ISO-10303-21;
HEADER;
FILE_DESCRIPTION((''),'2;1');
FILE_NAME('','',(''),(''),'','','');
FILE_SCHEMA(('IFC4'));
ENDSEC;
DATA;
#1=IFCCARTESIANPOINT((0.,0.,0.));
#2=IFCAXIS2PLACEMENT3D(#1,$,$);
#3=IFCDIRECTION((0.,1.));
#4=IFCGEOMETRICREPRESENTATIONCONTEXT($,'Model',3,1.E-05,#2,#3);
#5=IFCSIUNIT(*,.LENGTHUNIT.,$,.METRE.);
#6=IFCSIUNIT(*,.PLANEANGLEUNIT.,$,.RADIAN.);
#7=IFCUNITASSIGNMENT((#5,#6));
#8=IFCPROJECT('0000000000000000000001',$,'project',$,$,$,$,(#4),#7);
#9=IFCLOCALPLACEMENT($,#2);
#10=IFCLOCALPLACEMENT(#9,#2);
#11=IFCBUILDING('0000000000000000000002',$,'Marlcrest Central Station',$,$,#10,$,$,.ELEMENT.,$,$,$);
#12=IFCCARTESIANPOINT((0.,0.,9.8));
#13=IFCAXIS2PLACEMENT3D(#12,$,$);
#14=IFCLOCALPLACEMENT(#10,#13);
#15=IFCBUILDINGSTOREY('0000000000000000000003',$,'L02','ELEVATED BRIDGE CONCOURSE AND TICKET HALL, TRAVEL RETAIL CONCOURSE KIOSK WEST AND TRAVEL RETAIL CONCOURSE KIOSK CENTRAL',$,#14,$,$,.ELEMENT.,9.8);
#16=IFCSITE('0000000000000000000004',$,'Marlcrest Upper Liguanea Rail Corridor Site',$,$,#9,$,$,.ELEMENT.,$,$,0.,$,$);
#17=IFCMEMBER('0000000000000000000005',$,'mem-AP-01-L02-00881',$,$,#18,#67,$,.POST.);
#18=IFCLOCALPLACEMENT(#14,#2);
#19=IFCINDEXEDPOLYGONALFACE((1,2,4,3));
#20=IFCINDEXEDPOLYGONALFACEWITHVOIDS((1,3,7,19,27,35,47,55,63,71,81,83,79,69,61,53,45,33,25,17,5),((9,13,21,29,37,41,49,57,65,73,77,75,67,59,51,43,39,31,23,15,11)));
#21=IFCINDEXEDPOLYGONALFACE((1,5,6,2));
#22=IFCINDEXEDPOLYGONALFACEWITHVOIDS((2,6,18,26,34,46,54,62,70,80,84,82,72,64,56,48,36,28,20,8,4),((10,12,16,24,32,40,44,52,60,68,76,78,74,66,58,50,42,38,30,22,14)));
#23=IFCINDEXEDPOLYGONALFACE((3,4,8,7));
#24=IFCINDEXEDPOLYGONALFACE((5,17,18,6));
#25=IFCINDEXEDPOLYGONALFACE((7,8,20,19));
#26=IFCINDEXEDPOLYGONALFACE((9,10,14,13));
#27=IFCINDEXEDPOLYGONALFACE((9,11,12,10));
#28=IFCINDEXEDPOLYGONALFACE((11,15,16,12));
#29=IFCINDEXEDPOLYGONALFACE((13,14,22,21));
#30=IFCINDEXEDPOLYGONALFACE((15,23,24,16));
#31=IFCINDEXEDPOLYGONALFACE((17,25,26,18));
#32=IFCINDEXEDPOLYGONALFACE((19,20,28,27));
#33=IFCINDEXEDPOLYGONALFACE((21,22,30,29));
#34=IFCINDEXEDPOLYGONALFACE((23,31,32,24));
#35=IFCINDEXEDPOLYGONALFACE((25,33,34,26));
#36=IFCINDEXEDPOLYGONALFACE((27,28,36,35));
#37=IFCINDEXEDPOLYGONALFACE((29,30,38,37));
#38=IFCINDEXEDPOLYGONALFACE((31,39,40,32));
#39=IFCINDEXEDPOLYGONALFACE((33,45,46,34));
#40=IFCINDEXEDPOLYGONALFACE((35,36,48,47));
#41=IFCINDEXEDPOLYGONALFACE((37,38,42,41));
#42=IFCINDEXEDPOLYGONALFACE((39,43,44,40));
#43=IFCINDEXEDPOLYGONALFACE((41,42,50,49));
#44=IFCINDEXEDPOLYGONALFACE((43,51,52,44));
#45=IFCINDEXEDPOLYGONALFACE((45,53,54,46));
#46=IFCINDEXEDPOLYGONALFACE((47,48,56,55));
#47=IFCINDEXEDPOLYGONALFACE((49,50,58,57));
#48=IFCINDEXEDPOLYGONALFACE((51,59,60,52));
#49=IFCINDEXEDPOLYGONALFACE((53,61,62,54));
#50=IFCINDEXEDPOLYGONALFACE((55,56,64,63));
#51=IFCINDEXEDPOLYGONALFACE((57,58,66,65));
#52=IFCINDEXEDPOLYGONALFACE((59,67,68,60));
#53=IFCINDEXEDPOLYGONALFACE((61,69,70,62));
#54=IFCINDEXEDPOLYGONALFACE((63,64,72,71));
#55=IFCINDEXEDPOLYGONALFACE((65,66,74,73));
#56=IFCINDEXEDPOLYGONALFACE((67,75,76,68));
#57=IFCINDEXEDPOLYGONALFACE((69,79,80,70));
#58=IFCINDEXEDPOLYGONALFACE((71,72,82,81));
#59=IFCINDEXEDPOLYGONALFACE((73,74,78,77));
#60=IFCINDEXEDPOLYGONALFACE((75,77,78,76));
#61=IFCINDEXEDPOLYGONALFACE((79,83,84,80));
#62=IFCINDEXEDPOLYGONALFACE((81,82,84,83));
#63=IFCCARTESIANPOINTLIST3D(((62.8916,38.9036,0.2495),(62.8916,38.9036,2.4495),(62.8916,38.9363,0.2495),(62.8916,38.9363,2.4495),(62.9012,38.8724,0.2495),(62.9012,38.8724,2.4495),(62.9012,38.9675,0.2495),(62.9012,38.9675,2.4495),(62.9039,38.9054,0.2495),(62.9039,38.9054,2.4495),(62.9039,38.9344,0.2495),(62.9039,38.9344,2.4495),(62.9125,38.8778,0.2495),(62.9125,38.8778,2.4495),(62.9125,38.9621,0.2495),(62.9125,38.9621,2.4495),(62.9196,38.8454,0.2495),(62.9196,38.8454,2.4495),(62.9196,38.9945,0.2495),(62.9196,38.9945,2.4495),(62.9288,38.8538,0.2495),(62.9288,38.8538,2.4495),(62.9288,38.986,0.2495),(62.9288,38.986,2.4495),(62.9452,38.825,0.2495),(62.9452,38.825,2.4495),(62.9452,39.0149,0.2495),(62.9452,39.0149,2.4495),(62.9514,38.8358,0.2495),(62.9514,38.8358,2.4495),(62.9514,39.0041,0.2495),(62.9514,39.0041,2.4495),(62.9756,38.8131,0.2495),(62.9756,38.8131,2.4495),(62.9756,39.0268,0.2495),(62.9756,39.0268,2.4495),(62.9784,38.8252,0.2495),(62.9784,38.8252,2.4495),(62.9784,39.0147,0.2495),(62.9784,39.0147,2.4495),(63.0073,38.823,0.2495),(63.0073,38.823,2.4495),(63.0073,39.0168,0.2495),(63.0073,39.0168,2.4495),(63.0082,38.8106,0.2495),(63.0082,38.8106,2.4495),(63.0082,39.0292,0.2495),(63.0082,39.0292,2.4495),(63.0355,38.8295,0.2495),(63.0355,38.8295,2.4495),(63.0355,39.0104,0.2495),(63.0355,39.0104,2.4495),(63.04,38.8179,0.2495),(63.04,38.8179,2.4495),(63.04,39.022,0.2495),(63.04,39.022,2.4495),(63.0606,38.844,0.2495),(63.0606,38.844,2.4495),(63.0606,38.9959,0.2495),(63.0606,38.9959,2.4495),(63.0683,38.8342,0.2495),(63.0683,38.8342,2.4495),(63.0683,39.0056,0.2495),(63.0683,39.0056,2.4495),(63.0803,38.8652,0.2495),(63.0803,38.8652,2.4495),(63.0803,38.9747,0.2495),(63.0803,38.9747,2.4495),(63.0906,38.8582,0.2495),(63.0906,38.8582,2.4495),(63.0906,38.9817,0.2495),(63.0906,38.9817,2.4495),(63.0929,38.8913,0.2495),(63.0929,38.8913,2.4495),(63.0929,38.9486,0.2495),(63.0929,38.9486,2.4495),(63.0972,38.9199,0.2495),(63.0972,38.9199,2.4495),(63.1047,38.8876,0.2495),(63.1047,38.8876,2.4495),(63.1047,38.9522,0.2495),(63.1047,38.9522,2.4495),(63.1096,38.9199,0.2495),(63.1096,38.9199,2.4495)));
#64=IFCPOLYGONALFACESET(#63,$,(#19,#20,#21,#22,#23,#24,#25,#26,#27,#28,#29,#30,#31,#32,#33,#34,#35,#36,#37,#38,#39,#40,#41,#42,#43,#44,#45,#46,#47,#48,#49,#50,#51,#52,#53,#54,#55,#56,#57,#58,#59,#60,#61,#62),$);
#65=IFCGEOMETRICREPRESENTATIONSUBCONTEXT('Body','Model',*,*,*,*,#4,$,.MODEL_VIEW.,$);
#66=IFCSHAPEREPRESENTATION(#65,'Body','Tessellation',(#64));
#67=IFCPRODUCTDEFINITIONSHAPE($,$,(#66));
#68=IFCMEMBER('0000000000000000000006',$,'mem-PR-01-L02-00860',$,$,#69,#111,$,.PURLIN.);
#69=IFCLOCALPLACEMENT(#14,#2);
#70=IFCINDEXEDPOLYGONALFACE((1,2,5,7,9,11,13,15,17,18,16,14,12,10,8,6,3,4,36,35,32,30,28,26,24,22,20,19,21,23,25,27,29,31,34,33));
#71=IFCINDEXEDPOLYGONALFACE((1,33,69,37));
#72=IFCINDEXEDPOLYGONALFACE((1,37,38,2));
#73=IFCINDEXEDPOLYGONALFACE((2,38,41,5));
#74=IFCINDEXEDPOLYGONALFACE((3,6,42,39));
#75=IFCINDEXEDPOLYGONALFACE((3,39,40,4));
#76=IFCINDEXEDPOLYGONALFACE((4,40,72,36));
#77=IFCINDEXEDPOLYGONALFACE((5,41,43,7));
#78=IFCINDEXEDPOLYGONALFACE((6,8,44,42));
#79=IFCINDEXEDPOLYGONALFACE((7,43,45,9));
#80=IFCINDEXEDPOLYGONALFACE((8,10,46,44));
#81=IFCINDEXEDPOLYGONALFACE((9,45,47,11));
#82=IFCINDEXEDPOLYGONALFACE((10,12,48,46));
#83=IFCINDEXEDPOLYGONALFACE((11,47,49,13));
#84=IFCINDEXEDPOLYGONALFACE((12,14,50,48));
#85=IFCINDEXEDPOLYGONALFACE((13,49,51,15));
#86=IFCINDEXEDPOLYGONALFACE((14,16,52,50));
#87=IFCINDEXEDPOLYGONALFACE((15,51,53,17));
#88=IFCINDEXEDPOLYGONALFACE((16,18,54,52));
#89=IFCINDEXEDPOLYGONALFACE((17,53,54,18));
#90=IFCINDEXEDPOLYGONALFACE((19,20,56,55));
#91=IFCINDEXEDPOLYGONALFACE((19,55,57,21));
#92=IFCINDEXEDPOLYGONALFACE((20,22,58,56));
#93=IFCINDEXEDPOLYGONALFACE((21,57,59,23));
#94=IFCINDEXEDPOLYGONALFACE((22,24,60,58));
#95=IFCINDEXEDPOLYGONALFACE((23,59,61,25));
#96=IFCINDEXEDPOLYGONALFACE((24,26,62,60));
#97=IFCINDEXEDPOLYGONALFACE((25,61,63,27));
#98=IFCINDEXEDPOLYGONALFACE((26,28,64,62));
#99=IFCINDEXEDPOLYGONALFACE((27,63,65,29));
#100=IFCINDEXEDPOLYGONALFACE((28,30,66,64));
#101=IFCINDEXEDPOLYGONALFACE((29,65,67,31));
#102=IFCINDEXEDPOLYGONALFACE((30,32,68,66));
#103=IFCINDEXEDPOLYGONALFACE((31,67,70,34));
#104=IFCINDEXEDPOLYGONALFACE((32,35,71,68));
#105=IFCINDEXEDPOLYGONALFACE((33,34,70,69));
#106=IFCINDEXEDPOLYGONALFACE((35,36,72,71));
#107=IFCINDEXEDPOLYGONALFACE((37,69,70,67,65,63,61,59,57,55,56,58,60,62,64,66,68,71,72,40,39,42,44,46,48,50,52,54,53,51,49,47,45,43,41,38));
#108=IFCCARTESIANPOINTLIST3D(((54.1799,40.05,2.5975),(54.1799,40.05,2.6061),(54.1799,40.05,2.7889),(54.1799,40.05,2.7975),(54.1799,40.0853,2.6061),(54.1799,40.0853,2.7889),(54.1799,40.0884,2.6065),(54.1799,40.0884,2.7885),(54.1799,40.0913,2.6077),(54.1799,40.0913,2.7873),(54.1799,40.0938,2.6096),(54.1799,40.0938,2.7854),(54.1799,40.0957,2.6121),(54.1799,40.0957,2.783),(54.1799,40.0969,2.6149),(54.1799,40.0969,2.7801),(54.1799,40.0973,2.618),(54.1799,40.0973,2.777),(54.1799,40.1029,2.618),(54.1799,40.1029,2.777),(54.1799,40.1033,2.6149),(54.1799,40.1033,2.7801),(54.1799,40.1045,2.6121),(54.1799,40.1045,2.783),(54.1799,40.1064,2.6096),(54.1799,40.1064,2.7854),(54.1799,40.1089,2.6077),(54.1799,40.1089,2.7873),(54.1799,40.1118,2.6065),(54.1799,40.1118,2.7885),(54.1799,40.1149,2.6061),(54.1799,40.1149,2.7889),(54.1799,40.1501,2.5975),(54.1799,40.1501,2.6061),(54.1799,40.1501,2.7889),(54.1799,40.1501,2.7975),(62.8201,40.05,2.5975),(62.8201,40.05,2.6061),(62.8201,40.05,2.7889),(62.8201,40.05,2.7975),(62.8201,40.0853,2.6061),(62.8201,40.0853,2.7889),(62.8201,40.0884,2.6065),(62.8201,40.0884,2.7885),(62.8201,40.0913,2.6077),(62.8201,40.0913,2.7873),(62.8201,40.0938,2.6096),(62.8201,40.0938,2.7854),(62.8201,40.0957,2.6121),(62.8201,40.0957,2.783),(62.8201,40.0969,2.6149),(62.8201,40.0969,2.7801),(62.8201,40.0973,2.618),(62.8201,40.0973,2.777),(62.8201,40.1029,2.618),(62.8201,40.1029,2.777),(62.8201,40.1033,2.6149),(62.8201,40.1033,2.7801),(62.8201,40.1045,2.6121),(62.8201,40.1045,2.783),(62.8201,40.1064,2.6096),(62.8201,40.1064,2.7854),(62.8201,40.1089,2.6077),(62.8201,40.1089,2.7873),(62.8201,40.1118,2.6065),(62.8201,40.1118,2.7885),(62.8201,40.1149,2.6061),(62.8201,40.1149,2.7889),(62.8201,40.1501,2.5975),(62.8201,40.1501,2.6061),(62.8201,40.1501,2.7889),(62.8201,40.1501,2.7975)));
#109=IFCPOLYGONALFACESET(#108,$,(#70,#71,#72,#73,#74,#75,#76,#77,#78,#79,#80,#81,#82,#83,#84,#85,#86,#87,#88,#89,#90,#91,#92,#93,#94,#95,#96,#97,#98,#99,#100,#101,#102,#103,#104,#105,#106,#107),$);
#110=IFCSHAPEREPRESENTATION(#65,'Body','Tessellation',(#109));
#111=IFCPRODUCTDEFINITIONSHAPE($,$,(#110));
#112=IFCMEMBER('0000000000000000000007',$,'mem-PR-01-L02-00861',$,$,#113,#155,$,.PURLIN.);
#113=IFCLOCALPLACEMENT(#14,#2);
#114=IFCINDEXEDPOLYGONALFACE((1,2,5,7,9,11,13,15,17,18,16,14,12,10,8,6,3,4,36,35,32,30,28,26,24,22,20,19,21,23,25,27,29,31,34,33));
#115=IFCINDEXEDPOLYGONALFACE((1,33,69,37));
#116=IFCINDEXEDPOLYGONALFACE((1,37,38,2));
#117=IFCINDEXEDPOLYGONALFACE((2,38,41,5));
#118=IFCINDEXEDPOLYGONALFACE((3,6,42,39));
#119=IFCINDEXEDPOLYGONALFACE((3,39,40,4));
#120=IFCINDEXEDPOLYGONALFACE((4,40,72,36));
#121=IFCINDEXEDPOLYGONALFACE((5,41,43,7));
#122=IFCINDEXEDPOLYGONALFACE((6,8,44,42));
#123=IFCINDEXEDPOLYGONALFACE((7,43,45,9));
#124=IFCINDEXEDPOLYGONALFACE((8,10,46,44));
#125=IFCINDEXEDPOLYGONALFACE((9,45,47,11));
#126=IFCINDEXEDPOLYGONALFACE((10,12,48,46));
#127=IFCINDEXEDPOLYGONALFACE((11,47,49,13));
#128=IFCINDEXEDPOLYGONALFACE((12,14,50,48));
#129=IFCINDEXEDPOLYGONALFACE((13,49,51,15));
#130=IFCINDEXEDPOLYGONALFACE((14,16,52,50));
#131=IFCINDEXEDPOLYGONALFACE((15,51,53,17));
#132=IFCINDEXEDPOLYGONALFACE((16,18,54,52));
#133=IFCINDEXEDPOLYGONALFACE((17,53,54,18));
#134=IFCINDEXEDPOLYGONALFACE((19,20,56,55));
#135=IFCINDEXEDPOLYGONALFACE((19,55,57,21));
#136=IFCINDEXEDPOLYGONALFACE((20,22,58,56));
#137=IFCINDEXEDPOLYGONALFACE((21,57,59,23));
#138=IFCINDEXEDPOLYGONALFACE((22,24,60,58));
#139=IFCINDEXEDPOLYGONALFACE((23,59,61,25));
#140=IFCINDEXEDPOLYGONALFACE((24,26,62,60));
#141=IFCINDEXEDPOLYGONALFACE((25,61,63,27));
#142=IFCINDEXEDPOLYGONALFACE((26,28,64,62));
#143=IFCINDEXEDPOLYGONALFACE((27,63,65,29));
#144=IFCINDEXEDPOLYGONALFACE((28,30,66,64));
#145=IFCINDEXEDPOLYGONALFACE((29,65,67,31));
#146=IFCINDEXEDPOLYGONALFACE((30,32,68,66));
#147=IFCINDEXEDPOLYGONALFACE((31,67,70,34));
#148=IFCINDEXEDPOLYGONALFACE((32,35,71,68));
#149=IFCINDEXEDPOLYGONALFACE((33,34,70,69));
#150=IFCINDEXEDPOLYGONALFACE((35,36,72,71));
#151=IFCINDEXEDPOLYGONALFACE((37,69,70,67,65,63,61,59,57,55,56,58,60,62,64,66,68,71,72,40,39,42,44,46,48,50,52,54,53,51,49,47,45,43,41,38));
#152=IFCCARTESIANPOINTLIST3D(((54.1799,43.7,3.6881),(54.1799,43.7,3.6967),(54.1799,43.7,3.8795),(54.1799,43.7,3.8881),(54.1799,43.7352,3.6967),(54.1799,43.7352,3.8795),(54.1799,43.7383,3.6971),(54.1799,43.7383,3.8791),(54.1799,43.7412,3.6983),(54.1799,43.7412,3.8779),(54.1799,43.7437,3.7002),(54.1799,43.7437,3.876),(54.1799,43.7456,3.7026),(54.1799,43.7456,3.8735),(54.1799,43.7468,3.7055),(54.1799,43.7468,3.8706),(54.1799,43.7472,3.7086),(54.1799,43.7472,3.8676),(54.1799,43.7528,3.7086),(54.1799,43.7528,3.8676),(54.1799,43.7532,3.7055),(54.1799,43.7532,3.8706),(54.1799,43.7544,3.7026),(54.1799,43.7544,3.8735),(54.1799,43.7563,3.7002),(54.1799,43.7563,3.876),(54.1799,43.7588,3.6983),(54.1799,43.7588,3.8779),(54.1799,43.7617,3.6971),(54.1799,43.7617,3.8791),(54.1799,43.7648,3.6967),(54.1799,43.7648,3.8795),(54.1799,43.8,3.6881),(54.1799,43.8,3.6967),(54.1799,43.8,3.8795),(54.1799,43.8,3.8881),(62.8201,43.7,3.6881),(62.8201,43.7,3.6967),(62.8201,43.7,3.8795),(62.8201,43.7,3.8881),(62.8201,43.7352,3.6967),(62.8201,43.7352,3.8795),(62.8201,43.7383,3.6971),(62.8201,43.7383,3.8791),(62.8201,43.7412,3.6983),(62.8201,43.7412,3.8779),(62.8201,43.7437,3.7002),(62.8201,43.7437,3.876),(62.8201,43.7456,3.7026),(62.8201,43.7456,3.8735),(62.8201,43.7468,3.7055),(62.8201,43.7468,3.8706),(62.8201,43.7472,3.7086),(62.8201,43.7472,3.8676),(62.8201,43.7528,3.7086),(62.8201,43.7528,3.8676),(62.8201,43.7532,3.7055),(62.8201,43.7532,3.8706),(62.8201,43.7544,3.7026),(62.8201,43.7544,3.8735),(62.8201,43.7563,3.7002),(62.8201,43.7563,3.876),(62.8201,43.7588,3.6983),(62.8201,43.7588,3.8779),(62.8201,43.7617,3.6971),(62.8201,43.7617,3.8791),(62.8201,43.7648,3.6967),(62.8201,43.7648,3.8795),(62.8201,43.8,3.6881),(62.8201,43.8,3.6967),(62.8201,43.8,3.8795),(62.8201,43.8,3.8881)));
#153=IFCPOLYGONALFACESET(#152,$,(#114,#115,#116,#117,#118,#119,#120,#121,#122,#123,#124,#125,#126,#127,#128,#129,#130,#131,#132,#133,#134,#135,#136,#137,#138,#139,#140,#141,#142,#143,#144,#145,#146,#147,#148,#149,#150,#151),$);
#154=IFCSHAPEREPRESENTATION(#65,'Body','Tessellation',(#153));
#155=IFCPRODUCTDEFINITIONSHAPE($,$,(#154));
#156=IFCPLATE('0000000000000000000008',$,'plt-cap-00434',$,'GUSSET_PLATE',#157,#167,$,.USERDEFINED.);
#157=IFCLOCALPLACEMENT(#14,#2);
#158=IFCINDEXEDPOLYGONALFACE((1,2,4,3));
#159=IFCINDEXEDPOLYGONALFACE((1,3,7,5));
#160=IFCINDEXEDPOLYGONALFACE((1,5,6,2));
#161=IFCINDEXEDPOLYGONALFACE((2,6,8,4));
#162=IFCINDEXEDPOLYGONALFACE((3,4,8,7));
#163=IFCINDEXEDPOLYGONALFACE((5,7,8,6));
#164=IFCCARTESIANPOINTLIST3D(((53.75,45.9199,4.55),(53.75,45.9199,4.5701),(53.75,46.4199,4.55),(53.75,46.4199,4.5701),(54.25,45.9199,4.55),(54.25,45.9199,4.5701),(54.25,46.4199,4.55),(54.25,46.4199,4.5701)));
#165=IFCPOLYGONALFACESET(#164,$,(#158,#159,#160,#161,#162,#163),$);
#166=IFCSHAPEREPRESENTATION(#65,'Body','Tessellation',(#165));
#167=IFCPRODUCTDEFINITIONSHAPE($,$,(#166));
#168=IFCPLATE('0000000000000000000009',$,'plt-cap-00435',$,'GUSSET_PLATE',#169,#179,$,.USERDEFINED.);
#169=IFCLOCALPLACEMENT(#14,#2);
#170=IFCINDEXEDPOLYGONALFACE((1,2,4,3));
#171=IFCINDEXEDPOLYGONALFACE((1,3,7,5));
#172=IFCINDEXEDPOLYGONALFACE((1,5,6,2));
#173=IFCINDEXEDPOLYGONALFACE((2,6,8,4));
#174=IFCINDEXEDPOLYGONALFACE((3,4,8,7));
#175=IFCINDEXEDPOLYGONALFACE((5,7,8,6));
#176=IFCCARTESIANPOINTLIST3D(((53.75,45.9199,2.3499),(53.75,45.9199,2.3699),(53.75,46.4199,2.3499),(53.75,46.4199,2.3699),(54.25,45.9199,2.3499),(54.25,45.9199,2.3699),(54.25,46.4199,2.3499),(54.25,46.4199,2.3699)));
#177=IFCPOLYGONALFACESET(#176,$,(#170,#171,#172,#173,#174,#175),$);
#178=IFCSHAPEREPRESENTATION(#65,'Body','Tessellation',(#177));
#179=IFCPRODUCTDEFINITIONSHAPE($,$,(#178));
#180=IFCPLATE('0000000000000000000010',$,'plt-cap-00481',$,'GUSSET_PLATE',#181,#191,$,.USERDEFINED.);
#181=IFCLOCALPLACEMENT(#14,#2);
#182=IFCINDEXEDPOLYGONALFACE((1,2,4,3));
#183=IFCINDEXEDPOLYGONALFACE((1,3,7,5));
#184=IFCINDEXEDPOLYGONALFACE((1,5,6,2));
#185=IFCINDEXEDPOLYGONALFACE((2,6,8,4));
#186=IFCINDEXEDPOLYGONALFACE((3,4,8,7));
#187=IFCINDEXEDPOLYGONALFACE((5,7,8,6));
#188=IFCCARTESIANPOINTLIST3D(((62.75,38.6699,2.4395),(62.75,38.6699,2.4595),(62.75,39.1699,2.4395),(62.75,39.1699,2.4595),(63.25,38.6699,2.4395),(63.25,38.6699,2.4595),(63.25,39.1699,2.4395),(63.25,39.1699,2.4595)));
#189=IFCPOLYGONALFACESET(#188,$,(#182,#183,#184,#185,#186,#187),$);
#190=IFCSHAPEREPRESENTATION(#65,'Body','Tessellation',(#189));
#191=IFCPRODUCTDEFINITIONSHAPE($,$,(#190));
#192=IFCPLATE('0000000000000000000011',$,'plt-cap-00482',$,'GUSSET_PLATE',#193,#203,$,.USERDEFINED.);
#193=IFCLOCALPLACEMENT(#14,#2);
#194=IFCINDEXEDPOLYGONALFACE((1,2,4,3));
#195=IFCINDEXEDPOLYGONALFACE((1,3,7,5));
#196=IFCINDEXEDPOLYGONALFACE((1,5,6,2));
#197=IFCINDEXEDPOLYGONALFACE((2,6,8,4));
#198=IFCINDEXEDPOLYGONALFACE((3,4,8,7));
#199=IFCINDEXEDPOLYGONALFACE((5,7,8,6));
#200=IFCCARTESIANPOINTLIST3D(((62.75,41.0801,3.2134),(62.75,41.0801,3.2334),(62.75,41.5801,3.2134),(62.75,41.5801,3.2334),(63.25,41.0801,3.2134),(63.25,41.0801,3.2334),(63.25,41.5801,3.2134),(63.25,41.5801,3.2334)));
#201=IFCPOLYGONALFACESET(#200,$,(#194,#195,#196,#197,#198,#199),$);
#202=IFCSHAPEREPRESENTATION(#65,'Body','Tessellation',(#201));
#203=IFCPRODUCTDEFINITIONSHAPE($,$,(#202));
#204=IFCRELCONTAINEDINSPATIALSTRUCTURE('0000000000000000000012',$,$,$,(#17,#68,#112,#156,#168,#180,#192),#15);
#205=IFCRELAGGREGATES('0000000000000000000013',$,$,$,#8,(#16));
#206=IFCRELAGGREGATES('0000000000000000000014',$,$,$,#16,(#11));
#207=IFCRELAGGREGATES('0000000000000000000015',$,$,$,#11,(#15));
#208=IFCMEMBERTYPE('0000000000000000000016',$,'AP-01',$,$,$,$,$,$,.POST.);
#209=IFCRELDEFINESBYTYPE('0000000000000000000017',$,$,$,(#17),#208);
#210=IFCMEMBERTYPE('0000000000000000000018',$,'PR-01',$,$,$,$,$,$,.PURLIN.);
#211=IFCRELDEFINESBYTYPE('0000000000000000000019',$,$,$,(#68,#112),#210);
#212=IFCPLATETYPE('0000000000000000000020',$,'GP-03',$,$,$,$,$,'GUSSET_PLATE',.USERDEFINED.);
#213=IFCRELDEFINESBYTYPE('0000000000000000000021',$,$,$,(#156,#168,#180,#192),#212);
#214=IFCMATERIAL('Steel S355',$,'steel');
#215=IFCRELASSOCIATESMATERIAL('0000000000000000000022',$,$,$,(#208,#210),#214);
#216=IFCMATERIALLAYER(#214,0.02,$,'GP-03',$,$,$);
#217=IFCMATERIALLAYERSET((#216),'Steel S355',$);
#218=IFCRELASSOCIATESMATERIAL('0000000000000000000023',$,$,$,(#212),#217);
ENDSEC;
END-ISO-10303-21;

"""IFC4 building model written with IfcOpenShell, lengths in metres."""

from ifc_helpers import new_model, si_unit, direction, frame, origin, origin_2d, place, context, subcontext, project, spatial, rectangle, hollow_circle, i_section, extrude, material, layer, layer_set, material_profile, profile_set, type_object, element, save


model = new_model("IFC4")

# Units and contexts
model_context = context("Model", 3, precision=1e-05, world=origin(), true_north=direction((0.0, 1.0)))
body_context = subcontext(model_context, "Body", "Model", "MODEL_VIEW")
ifc_project = project(units=[si_unit("LENGTHUNIT", "METRE"), si_unit("PLANEANGLEUNIT", "RADIAN")], contexts=[model_context])

# Site, building, storey
site_placement = place(None, origin())
site = spatial("IfcSite", under=ifc_project, at=site_placement, Name="Marlcrest Upper Liguanea Rail Corridor Site", CompositionType="ELEMENT", RefElevation=0.0)
building_placement = place(site_placement, origin())
building = spatial("IfcBuilding", under=site, at=building_placement, Name="Marlcrest Central Station", CompositionType="ELEMENT")
storey_placement = place(building_placement, frame((0.0, 0.0, 9.8)))
storey = spatial("IfcBuildingStorey", under=building, at=storey_placement, Name="L02", Description="ELEVATED BRIDGE CONCOURSE AND TICKET HALL, TRAVEL RETAIL CONCOURSE KIOSK WEST AND TRAVEL RETAIL CONCOURSE KIOSK CENTRAL", CompositionType="ELEMENT", Elevation=9.8)

# Members
ifc_material_1 = material(Name="Steel S355", Category="steel")
ifc_material_profile_1 = material_profile(ifc_material_1, hollow_circle(Radius=0.1096, WallThickness=0.0125, at=origin_2d()), Name="CHS 219.1x12.5")
ifc_profile_set_1 = profile_set([ifc_material_profile_1], Name="Steel S355")
member_type_1 = type_object("IfcMemberType", Name="AP-01", PredefinedType="POST", material=ifc_profile_set_1)
member_1_placement = place(storey_placement, frame((63.0, 38.9199, 0.2495), z_axis=(0.0, 0.0, 1.0), x_axis=(1.0, 0.0, 0.0)))
element("IfcMember", 1, at=member_1_placement, inside=storey, type_object=member_type_1, Name="mem-AP-01-L02-00881", PredefinedType="POST", context=body_context, shape_type="SweptSolid", body=[
    extrude(hollow_circle(Radius=0.1096, WallThickness=0.0125, at=origin_2d()), origin(), (0.0, 0.0, 1.0), 2.2),
])
ifc_material_profile_2 = material_profile(ifc_material_1, i_section(OverallWidth=0.1001, OverallDepth=0.2, WebThickness=0.0056, FlangeThickness=0.0085, FilletRadius=0.012, at=origin_2d()), Name="IPE 200")
ifc_profile_set_2 = profile_set([ifc_material_profile_2], Name="Steel S355")
member_type_2 = type_object("IfcMemberType", Name="PR-01", PredefinedType="PURLIN", material=ifc_profile_set_2)
for number, where, z_axis, x_axis, name in (
    (2, (54.1799, 40.1001, 2.6975), (1.0, 0.0, 0.0), (0.0, 1.0, 0.0), "mem-PR-01-L02-00860"),
    (3, (54.1799, 43.75, 3.7881), (1.0, 0.0, 0.0), (0.0, 1.0, 0.0), "mem-PR-01-L02-00861"),
):
    element("IfcMember", number, at=place(storey_placement, frame(where, z_axis=z_axis, x_axis=x_axis)), inside=storey, type_object=member_type_2, Name=name, PredefinedType="PURLIN", context=body_context, shape_type="SweptSolid", body=[
        extrude(i_section(OverallWidth=0.1001, OverallDepth=0.2, WebThickness=0.0056, FlangeThickness=0.0085, FilletRadius=0.012, at=origin_2d()), origin(), (0.0, 0.0, 1.0), 8.6401),
    ])

# Plates
ifc_layer_1 = layer(ifc_material_1, 0.02, Name="GP-03")
ifc_layer_set_1 = layer_set([ifc_layer_1], Name="Steel S355")
plate_type = type_object("IfcPlateType", Name="GP-03", ElementType="GUSSET_PLATE", PredefinedType="USERDEFINED", material=ifc_layer_set_1)
for number, where, z_axis, x_axis, name in (
    (4, (54.0, 46.1699, 4.55), (0.0, 0.0, 1.0), (1.0, 0.0, 0.0), "plt-cap-00434"),
    (5, (54.0, 46.1699, 2.3499), (0.0, 0.0, 1.0), (1.0, 0.0, 0.0), "plt-cap-00435"),
    (6, (63.0, 38.9199, 2.4395), (0.0, 0.0, 1.0), (1.0, 0.0, 0.0), "plt-cap-00481"),
    (7, (63.0, 41.3301, 3.2134), (0.0, 0.0, 1.0), (1.0, 0.0, 0.0), "plt-cap-00482"),
):
    element("IfcPlate", number, at=place(storey_placement, frame(where, z_axis=z_axis, x_axis=x_axis)), inside=storey, type_object=plate_type, Name=name, ObjectType="GUSSET_PLATE", PredefinedType="USERDEFINED", context=body_context, shape_type="SweptSolid", body=[
        extrude(rectangle(XDim=0.5, YDim=0.5, at=origin_2d()), origin(), (0.0, 0.0, 1.0), 0.02),
    ])

save(model, "model.ifc")
